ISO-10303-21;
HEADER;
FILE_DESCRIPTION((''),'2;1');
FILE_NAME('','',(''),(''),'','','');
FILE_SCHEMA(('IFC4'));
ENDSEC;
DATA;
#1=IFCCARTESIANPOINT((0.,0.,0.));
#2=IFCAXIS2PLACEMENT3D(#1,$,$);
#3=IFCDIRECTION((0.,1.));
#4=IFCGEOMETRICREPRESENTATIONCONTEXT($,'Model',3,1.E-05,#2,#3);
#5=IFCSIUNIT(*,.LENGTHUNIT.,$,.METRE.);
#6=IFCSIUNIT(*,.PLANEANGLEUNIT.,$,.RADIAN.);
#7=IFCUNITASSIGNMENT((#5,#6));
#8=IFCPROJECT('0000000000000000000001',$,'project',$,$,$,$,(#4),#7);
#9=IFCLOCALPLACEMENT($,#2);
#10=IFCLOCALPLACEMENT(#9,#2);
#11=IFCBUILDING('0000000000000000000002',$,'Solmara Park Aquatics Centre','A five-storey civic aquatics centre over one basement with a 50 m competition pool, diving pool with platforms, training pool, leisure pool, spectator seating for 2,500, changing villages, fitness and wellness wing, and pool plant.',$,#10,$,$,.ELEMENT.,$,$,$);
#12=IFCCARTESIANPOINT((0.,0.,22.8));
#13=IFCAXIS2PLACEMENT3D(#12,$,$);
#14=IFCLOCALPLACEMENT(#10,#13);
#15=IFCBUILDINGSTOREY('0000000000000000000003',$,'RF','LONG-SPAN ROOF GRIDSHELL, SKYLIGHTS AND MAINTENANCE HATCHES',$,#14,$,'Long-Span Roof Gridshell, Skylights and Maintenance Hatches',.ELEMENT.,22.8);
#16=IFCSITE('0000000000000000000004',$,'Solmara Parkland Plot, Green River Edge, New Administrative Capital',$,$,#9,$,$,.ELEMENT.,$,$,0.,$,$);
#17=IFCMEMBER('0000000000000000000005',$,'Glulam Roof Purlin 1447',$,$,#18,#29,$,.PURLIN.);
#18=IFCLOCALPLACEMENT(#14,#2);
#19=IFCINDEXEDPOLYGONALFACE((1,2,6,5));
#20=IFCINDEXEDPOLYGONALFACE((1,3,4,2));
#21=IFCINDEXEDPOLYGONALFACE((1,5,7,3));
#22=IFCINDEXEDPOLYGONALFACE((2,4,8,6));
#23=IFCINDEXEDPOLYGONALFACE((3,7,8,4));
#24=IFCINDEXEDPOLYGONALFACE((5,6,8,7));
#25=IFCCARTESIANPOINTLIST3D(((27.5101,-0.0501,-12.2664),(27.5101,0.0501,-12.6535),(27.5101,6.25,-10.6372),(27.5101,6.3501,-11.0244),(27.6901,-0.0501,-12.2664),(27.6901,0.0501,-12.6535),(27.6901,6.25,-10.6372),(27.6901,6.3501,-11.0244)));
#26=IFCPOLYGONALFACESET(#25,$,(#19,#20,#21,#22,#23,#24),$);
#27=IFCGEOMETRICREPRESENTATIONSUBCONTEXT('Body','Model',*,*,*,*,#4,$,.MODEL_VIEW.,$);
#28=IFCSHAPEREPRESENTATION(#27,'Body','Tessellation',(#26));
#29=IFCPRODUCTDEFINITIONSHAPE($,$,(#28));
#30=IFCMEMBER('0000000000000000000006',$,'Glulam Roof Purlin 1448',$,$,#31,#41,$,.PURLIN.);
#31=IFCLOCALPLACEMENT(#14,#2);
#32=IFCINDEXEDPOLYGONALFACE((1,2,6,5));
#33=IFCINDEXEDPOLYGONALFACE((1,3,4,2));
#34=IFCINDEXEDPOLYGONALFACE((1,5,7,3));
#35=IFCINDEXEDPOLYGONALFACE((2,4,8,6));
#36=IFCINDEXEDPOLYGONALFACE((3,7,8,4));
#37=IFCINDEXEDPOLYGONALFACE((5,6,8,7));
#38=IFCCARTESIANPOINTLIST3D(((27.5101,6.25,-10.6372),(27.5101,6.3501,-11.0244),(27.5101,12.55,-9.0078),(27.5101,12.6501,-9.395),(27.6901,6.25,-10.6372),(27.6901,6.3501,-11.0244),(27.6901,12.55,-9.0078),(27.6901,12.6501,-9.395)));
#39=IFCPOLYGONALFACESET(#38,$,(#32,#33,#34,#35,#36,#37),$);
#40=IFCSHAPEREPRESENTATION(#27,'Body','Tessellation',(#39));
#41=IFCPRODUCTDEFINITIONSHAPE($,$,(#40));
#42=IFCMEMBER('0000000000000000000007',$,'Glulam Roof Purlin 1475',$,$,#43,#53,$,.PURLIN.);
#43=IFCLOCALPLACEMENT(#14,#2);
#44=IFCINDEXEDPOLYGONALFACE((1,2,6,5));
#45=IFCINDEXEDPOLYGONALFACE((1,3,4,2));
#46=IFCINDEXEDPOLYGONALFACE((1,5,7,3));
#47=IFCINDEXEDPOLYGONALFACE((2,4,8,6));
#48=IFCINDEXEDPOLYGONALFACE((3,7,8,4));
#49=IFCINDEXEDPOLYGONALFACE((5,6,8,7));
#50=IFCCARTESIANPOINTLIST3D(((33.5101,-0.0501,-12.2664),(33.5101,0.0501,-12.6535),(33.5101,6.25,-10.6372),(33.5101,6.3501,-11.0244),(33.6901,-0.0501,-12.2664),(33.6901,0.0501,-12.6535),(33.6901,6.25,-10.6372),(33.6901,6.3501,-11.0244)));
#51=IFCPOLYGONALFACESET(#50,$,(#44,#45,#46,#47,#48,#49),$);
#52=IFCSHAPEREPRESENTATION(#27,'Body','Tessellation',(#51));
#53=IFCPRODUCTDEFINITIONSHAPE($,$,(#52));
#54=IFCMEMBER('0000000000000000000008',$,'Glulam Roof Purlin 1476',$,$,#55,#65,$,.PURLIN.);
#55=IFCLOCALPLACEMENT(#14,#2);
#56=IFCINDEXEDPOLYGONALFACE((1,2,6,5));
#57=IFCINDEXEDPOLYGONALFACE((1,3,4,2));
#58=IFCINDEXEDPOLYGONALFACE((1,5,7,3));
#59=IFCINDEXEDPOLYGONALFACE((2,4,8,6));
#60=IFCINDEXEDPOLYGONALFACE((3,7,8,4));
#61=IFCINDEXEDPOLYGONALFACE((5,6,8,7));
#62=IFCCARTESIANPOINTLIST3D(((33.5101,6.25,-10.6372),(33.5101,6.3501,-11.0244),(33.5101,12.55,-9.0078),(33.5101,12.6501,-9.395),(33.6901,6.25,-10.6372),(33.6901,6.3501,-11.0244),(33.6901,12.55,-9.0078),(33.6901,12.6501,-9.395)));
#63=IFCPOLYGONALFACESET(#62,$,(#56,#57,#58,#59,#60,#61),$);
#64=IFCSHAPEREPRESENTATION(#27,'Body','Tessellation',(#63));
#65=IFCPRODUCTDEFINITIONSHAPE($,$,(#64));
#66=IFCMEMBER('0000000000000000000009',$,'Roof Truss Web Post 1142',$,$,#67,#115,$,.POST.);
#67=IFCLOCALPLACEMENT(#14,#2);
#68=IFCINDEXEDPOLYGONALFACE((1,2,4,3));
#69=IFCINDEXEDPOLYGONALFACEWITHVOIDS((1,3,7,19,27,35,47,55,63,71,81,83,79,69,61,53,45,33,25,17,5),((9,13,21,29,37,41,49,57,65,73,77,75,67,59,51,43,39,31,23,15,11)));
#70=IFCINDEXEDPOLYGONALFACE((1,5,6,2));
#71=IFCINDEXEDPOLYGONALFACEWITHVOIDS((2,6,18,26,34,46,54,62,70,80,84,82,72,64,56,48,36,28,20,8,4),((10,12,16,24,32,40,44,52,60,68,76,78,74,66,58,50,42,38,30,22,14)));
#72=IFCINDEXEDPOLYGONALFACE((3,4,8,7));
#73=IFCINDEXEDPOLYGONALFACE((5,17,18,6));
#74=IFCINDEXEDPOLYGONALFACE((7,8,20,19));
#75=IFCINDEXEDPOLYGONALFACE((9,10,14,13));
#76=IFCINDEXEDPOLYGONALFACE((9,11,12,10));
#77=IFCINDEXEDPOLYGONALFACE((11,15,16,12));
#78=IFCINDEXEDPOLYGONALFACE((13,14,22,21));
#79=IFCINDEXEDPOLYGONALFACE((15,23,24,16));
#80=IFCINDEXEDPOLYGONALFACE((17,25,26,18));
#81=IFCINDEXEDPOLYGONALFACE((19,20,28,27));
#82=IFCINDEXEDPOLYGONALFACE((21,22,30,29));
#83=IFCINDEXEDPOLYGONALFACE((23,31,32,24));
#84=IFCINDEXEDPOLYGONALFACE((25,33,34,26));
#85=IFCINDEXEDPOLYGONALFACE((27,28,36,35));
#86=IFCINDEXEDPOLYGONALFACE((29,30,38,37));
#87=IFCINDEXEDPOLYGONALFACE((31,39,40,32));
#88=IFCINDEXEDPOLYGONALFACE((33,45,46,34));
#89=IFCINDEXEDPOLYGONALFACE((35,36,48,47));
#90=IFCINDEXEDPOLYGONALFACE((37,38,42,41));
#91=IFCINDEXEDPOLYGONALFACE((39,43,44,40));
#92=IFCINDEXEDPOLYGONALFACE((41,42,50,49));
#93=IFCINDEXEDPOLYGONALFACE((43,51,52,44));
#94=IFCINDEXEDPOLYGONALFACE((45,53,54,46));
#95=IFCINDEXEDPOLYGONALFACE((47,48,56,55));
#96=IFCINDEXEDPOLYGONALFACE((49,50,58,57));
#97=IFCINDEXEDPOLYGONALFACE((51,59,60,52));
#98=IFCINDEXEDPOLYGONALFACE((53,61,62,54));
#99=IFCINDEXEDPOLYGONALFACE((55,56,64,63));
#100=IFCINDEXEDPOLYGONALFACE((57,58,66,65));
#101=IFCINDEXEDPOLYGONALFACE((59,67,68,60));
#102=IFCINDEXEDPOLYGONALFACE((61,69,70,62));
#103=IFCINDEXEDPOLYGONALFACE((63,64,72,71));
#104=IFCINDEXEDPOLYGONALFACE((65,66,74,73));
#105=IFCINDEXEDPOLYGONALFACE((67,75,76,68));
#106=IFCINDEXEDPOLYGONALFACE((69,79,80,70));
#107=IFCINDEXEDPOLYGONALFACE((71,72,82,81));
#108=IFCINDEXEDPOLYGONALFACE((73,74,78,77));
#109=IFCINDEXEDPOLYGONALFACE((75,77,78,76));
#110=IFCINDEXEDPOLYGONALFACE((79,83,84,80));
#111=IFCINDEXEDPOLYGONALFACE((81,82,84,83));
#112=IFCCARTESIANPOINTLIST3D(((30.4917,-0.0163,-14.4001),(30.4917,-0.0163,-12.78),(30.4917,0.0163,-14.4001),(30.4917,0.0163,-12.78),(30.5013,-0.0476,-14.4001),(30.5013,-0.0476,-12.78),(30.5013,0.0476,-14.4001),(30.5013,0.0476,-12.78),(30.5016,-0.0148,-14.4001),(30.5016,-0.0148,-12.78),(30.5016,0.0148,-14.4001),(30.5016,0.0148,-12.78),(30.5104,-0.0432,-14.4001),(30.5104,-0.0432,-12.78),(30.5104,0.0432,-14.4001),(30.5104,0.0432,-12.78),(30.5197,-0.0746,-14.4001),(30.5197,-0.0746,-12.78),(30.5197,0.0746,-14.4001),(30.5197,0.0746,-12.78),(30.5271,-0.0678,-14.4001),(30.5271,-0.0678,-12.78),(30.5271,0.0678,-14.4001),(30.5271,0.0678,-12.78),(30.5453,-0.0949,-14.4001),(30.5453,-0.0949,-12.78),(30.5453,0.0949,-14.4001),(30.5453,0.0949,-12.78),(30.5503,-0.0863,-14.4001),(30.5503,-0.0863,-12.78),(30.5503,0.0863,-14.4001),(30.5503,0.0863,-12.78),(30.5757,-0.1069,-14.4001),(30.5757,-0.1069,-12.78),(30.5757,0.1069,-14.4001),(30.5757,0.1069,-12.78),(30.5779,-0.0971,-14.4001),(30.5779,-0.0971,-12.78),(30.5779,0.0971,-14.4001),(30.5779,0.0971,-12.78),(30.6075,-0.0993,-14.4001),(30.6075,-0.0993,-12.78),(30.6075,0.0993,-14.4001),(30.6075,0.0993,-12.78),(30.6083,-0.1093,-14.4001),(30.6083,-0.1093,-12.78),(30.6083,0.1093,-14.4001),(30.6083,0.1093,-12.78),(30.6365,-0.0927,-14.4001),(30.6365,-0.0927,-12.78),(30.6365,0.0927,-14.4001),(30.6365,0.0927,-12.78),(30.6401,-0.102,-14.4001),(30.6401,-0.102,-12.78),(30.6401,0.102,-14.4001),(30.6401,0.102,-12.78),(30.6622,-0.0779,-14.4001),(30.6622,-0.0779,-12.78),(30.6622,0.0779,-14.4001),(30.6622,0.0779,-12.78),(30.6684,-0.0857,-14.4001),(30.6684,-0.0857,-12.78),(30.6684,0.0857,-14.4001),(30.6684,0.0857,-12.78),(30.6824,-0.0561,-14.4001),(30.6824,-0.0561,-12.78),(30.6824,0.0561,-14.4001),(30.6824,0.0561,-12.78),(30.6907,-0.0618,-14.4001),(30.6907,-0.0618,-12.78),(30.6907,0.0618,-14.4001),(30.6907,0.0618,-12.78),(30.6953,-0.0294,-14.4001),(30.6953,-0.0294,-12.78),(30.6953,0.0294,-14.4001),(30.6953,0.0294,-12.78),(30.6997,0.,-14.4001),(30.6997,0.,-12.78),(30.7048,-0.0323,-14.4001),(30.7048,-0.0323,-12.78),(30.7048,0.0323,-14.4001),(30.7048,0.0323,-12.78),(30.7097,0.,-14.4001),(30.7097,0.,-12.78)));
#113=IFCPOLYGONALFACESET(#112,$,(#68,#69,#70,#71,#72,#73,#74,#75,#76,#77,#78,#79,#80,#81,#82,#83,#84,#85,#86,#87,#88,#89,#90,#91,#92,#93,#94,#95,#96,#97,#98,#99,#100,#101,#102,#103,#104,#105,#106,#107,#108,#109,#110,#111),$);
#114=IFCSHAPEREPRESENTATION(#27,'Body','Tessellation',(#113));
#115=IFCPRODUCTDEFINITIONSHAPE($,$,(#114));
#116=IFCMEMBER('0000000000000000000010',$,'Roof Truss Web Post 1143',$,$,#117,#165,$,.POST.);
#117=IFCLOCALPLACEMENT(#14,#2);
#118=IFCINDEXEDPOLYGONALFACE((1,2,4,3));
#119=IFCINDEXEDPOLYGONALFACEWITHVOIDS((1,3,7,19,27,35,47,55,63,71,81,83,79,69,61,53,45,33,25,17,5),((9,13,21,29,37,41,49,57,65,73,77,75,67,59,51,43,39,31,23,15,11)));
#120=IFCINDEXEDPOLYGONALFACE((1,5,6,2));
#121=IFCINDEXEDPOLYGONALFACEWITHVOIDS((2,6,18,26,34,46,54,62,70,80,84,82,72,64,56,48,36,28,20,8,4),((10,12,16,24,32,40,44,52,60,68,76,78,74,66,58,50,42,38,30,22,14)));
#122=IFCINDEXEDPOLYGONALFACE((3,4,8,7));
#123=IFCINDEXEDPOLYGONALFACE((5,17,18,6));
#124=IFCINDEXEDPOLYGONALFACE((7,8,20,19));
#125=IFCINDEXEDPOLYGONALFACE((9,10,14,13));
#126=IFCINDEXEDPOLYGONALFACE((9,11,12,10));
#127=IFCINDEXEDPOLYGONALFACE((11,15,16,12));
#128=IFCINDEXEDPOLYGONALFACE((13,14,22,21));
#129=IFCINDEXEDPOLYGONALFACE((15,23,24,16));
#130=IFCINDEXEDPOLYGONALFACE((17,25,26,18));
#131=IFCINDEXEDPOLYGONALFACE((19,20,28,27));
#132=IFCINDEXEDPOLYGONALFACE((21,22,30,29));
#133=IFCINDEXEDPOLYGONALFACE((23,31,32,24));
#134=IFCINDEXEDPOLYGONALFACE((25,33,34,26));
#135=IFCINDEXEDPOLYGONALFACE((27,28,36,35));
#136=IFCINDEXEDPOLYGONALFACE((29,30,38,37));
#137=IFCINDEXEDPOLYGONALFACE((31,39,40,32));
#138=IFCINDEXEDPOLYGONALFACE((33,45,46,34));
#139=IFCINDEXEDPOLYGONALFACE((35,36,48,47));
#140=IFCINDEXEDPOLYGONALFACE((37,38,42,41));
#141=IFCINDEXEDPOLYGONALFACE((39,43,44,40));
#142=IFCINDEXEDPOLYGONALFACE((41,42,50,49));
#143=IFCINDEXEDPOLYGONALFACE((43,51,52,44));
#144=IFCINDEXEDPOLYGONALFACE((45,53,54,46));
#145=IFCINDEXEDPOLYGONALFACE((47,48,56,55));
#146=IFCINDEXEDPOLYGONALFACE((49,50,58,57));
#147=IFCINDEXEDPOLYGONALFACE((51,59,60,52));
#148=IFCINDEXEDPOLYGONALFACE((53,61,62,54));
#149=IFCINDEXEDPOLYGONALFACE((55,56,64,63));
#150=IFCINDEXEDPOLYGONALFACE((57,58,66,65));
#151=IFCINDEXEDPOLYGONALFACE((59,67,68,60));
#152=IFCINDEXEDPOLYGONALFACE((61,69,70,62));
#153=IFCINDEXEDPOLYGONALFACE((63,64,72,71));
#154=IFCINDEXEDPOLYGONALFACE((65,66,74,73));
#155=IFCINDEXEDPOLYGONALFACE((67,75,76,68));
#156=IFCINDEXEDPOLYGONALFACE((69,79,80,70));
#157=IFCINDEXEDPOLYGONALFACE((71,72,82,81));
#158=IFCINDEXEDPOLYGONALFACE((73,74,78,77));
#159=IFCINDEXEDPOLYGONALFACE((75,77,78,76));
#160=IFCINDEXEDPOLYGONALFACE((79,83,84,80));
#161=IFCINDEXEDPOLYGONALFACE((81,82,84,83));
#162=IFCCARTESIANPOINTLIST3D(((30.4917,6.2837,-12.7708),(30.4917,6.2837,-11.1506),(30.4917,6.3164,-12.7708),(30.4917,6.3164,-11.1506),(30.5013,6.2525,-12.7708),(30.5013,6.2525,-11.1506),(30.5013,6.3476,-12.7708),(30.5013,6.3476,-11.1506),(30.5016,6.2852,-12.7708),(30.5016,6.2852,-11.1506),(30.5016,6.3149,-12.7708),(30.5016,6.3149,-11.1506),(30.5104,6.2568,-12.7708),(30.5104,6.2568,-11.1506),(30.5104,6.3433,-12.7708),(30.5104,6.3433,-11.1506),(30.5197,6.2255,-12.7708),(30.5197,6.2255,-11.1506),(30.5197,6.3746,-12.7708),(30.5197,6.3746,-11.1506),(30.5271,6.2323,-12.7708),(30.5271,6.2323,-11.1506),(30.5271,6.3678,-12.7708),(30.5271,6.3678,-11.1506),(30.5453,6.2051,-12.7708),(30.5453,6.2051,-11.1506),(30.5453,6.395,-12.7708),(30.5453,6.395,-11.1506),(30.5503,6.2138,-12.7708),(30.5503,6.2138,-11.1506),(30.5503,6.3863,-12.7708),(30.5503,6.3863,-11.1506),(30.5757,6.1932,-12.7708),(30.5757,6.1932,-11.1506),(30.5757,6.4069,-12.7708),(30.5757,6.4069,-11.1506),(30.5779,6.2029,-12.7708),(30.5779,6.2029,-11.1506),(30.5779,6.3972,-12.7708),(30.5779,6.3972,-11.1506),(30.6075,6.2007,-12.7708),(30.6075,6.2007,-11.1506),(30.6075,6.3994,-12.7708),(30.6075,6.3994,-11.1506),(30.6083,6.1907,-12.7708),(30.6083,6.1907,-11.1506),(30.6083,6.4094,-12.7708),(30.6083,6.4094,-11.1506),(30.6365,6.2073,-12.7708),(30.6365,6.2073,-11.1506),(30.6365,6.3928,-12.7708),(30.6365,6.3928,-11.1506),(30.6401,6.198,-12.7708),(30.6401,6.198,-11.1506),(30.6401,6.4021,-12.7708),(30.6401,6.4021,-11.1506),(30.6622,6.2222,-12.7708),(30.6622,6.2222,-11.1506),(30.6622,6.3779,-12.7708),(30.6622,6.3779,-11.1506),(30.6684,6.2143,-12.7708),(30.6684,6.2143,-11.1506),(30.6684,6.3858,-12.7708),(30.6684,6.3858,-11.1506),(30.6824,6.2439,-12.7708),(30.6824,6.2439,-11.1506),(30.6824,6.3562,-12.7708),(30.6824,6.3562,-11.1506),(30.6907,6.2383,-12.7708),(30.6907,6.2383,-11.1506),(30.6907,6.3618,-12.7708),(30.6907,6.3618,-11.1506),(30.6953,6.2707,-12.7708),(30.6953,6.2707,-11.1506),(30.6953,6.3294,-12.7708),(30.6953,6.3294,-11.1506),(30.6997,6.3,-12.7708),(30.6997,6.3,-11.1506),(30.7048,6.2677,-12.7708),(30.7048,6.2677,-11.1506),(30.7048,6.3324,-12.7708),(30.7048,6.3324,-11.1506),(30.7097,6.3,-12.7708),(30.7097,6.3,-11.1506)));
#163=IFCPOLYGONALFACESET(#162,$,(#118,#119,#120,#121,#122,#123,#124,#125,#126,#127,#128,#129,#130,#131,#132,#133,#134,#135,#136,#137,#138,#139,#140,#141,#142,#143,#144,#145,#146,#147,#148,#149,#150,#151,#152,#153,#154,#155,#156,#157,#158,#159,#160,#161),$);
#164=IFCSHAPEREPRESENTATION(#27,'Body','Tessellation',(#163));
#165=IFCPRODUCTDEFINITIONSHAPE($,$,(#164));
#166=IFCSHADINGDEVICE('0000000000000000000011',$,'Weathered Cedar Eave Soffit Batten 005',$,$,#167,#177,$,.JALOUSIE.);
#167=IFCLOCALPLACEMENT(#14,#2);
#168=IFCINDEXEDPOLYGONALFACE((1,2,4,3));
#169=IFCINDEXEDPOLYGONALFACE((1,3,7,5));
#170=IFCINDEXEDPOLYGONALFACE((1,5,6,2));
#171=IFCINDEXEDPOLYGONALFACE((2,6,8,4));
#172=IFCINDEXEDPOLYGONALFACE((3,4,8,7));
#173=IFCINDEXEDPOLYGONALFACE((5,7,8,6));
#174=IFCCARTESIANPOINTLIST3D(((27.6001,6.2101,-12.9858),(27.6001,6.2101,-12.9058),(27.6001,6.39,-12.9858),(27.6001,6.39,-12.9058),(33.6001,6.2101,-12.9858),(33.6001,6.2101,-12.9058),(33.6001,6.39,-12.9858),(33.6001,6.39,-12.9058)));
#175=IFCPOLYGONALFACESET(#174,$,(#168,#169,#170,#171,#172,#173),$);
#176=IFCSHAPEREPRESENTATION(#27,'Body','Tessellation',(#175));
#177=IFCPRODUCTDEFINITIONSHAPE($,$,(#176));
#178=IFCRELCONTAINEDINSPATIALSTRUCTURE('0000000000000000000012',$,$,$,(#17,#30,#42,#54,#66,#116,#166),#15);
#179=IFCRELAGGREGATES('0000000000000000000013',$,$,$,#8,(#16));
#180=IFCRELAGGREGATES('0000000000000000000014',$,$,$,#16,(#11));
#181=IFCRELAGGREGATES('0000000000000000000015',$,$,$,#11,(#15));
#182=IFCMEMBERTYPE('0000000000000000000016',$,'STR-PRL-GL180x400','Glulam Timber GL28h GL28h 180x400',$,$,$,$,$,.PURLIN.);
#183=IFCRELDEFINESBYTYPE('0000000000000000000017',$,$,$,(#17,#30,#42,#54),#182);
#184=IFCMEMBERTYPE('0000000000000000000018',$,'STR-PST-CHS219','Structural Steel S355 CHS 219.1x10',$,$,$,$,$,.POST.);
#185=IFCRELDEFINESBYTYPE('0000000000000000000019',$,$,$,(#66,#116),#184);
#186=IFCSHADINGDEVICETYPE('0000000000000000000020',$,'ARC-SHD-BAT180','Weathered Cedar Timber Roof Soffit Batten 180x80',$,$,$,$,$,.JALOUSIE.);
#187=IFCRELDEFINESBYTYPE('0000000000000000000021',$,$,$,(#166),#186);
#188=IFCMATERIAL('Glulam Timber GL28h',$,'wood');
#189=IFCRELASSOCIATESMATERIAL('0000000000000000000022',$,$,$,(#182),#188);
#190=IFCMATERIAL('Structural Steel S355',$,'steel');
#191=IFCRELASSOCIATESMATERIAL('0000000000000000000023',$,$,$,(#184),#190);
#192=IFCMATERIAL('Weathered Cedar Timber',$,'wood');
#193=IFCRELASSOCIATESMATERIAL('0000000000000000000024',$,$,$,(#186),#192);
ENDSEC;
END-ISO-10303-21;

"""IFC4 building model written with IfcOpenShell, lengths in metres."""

from ifc_helpers import new_model, si_unit, direction, frame, origin, origin_2d, place, context, subcontext, project, spatial, rectangle, hollow_circle, extrude, material, material_profile, profile_set, type_object, element, save


model = new_model("IFC4")

# Units and contexts
model_context = context("Model", 3, precision=1e-05, world=origin(), true_north=direction((0.0, 1.0)))
body_context = subcontext(model_context, "Body", "Model", "MODEL_VIEW")
ifc_project = project(units=[si_unit("LENGTHUNIT", "METRE"), si_unit("PLANEANGLEUNIT", "RADIAN")], contexts=[model_context])

# Site, building, storey
site_placement = place(None, origin())
site = spatial("IfcSite", under=ifc_project, at=site_placement, Name="Solmara Parkland Plot, Green River Edge, New Administrative Capital", CompositionType="ELEMENT", RefElevation=0.0)
building_placement = place(site_placement, origin())
building = spatial("IfcBuilding", under=site, at=building_placement, Name="Solmara Park Aquatics Centre", Description="A five-storey civic aquatics centre over one basement with a 50 m competition pool, diving pool with platforms, training pool, leisure pool, spectator seating for 2,500, changing villages, fitness and wellness wing, and pool plant.", CompositionType="ELEMENT")
storey_placement = place(building_placement, frame((0.0, 0.0, 22.8)))
storey = spatial("IfcBuildingStorey", under=building, at=storey_placement, Name="RF", Description="LONG-SPAN ROOF GRIDSHELL, SKYLIGHTS AND MAINTENANCE HATCHES", LongName="Long-Span Roof Gridshell, Skylights and Maintenance Hatches", CompositionType="ELEMENT", Elevation=22.8)

# Members
ifc_material_1 = material(Name="Structural Steel S355", Category="steel")
ifc_material_2 = material(Name="Glulam Timber GL28h", Category="wood")
ifc_material_profile_1 = material_profile(ifc_material_2, rectangle(XDim=0.1799, YDim=0.3999, at=origin_2d()), Name="GL28h 180x400")
ifc_profile_set_1 = profile_set([ifc_material_profile_1], Name="Glulam Timber GL28h")
member_type_1 = type_object("IfcMemberType", Name="STR-PRL-GL180x400", Description="Glulam Timber GL28h GL28h 180x400", PredefinedType="PURLIN", material=ifc_profile_set_1)
for number, where, z_axis, x_axis, name in (
    (1, (27.6001, 0.0, -12.46), (0.0, 0.968153, 0.250358), (-1.0, 0.0, 0.0), "Glulam Roof Purlin 1447"),
    (2, (27.6001, 6.3, -10.8308), (0.0, 0.968144, 0.250393), (-1.0, 0.0, 0.0), "Glulam Roof Purlin 1448"),
    (3, (33.6001, 0.0, -12.46), (0.0, 0.968153, 0.250358), (-1.0, 0.0, 0.0), "Glulam Roof Purlin 1475"),
    (4, (33.6001, 6.3, -10.8308), (0.0, 0.968144, 0.250393), (-1.0, 0.0, 0.0), "Glulam Roof Purlin 1476"),
):
    element("IfcMember", number, at=place(storey_placement, frame(where, z_axis=z_axis, x_axis=x_axis)), inside=storey, type_object=member_type_1, Name=name, PredefinedType="PURLIN", context=body_context, shape_type="SweptSolid", body=[
        extrude(rectangle(XDim=0.1799, YDim=0.3999, at=origin_2d()), origin(), (0.0, 0.0, 1.0), 6.5073),
    ])
ifc_material_profile_2 = material_profile(ifc_material_1, hollow_circle(Radius=0.1096, WallThickness=0.01, at=origin_2d()), Name="CHS 219.1x10")
ifc_profile_set_2 = profile_set([ifc_material_profile_2], Name="Structural Steel S355")
member_type_2 = type_object("IfcMemberType", Name="STR-PST-CHS219", Description="Structural Steel S355 CHS 219.1x10", PredefinedType="POST", material=ifc_profile_set_2)
for number, where, z_axis, x_axis, name in (
    (5, (30.6001, 0.0, -14.4001), (0.0, 0.0, 1.0), (1.0, 0.0, 0.0), "Roof Truss Web Post 1142"),
    (6, (30.6001, 6.3, -12.7708), (0.0, 0.0, 1.0), (1.0, 0.0, 0.0), "Roof Truss Web Post 1143"),
):
    element("IfcMember", number, at=place(storey_placement, frame(where, z_axis=z_axis, x_axis=x_axis)), inside=storey, type_object=member_type_2, Name=name, PredefinedType="POST", context=body_context, shape_type="SweptSolid", body=[
        extrude(hollow_circle(Radius=0.1096, WallThickness=0.01, at=origin_2d()), origin(), (0.0, 0.0, 1.0), 1.6201),
    ])

# Shading device
ifc_material_3 = material(Name="Weathered Cedar Timber", Category="wood")
shading_device_type = type_object("IfcShadingDeviceType", Name="ARC-SHD-BAT180", Description="Weathered Cedar Timber Roof Soffit Batten 180x80", PredefinedType="JALOUSIE", material=ifc_material_3)
shading_device_placement = place(storey_placement, frame((30.6001, 6.3, -12.9858), z_axis=(0.0, 0.0, 1.0), x_axis=(1.0, 0.0, 0.0)))
element("IfcShadingDevice", 7, at=shading_device_placement, inside=storey, type_object=shading_device_type, Name="Weathered Cedar Eave Soffit Batten 005", PredefinedType="JALOUSIE", context=body_context, shape_type="SweptSolid", body=[
    extrude(rectangle(XDim=6.0, YDim=0.1799, at=origin_2d()), origin(), (0.0, 0.0, 1.0), 0.0801),
])

save(model, "model.ifc")
